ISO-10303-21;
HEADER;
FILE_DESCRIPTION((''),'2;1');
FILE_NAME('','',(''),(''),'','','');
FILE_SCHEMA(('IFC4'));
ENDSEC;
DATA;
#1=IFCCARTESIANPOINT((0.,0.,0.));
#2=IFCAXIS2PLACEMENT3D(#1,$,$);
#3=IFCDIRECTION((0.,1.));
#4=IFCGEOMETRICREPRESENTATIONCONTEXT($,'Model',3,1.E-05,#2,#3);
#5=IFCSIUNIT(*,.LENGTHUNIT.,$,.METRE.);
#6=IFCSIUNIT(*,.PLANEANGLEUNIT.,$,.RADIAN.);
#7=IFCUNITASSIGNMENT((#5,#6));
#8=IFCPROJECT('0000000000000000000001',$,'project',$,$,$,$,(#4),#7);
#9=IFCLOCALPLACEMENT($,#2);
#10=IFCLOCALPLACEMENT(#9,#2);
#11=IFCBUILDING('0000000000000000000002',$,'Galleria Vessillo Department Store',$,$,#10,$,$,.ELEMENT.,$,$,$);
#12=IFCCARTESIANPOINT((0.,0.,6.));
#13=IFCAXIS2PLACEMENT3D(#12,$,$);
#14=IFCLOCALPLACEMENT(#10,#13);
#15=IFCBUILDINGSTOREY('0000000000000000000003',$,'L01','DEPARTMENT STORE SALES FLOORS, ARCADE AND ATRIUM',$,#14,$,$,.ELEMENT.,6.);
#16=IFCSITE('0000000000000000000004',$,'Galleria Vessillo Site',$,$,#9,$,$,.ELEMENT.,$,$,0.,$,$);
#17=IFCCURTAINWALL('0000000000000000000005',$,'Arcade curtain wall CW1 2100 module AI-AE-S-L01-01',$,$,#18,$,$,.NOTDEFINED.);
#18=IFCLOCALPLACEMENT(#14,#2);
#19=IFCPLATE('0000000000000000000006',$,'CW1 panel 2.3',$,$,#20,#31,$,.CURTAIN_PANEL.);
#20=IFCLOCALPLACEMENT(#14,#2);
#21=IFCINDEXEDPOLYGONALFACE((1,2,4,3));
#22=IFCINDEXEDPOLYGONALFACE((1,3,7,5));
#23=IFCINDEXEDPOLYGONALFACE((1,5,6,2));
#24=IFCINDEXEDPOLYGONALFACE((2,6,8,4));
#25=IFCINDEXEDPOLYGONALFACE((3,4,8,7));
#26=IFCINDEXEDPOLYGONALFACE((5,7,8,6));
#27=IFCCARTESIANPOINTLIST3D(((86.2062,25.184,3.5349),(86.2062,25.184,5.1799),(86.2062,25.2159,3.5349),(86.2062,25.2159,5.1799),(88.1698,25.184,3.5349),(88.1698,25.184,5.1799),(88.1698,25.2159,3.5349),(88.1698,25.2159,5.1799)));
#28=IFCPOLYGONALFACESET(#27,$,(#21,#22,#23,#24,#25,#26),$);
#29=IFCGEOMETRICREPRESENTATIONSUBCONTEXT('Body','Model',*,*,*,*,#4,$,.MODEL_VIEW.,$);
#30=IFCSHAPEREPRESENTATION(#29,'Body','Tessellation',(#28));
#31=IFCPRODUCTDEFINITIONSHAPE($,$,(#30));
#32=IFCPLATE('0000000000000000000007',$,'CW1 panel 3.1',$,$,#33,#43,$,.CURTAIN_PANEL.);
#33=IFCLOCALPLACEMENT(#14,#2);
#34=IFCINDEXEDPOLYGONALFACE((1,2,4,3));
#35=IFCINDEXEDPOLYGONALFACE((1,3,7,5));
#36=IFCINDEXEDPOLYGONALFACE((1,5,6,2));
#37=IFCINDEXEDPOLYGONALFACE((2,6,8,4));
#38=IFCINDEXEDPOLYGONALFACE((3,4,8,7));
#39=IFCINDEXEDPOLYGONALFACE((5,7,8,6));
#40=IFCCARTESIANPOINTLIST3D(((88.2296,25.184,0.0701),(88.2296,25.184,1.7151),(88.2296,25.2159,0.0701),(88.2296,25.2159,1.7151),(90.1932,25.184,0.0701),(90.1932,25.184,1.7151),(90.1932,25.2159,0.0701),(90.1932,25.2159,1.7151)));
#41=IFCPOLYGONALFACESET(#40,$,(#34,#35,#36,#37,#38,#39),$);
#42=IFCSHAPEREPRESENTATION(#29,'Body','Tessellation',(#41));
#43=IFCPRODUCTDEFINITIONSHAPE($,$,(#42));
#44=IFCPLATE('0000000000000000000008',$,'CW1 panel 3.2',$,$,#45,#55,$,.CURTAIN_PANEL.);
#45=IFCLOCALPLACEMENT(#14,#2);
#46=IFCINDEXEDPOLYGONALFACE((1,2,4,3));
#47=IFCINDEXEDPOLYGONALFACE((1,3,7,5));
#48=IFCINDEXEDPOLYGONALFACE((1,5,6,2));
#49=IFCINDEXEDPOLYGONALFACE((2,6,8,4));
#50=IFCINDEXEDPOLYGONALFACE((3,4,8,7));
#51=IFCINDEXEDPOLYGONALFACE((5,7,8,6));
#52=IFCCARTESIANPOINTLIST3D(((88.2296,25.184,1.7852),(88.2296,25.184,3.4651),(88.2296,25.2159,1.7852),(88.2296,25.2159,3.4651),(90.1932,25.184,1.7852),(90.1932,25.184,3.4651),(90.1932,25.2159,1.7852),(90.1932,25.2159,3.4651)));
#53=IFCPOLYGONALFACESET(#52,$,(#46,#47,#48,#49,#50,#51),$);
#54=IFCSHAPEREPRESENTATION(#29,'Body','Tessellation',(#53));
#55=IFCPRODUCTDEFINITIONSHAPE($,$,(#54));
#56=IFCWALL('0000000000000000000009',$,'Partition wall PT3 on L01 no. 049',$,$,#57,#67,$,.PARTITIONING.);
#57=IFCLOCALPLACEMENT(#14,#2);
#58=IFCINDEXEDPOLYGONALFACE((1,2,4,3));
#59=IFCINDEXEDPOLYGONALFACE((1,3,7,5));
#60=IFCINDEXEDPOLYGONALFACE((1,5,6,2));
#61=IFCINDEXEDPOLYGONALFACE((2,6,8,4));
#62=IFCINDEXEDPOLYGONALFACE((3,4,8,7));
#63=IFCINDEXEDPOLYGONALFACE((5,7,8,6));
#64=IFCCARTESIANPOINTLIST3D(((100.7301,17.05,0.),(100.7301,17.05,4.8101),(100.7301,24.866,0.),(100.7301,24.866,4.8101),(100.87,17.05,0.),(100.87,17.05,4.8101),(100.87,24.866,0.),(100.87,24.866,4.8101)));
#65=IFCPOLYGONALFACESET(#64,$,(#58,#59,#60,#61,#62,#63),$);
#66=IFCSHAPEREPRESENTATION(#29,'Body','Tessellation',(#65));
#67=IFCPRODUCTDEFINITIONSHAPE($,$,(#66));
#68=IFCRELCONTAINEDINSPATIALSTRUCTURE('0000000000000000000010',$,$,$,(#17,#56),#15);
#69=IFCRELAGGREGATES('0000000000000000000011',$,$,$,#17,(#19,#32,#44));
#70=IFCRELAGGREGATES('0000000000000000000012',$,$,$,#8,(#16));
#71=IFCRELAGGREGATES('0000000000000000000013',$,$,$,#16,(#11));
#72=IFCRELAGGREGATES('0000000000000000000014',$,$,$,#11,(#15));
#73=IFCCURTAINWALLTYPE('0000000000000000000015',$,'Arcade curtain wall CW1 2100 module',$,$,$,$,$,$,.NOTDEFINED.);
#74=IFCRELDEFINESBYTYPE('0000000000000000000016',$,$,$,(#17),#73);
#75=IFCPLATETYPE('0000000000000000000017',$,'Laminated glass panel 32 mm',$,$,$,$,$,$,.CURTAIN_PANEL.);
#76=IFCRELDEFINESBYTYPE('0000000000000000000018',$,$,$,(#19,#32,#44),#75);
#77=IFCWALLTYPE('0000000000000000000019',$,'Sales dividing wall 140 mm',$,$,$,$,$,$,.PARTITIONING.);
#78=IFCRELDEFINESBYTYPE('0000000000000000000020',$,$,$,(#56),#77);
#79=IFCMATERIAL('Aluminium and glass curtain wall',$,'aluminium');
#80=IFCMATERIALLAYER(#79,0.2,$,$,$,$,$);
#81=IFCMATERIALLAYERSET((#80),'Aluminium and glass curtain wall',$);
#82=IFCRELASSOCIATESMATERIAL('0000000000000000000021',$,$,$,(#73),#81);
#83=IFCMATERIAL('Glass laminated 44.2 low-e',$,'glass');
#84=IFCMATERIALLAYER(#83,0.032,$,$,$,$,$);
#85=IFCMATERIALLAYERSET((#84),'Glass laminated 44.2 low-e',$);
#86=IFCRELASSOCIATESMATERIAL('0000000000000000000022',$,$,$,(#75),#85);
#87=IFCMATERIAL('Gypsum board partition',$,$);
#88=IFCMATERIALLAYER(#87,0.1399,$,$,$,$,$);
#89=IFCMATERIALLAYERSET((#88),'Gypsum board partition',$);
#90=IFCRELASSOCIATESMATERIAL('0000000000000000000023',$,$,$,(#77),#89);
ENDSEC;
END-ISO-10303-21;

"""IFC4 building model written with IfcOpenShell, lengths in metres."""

from ifc_helpers import new_model, si_unit, direction, frame, frame_2d, origin, origin_2d, place, context, subcontext, project, spatial, rectangle, extrude, material, layer, layer_set, type_object, element, aggregate, save


model = new_model("IFC4")

# Units and contexts
model_context = context("Model", 3, precision=1e-05, world=origin(), true_north=direction((0.0, 1.0)))
body_context = subcontext(model_context, "Body", "Model", "MODEL_VIEW")
ifc_project = project(units=[si_unit("LENGTHUNIT", "METRE"), si_unit("PLANEANGLEUNIT", "RADIAN")], contexts=[model_context])

# Site, building, storey
site_placement = place(None, origin())
site = spatial("IfcSite", under=ifc_project, at=site_placement, Name="Galleria Vessillo Site", CompositionType="ELEMENT", RefElevation=0.0)
building_placement = place(site_placement, origin())
building = spatial("IfcBuilding", under=site, at=building_placement, Name="Galleria Vessillo Department Store", CompositionType="ELEMENT")
storey_placement = place(building_placement, frame((0.0, 0.0, 6.0)))
storey = spatial("IfcBuildingStorey", under=building, at=storey_placement, Name="L01", Description="DEPARTMENT STORE SALES FLOORS, ARCADE AND ATRIUM", CompositionType="ELEMENT", Elevation=6.0)

# Curtain wall
ifc_material_1 = material(Name="Aluminium and glass curtain wall", Category="aluminium")
ifc_layer_1 = layer(ifc_material_1, 0.2)
ifc_layer_set_1 = layer_set([ifc_layer_1], Name="Aluminium and glass curtain wall")
curtain_wall_type = type_object("IfcCurtainWallType", Name="Arcade curtain wall CW1 2100 module", PredefinedType="NOTDEFINED", material=ifc_layer_set_1)
curtain_wall_placement = place(storey_placement, origin())
curtain_wall = element("IfcCurtainWall", 1, at=curtain_wall_placement, inside=storey, type_object=curtain_wall_type, Name="Arcade curtain wall CW1 2100 module AI-AE-S-L01-01", PredefinedType="NOTDEFINED")

# Plates
ifc_material_2 = material(Name="Glass laminated 44.2 low-e", Category="glass")
ifc_layer_2 = layer(ifc_material_2, 0.032)
ifc_layer_set_2 = layer_set([ifc_layer_2], Name="Glass laminated 44.2 low-e")
plate_type = type_object("IfcPlateType", Name="Laminated glass panel 32 mm", PredefinedType="CURTAIN_PANEL", material=ifc_layer_set_2)
plate_1_placement = place(storey_placement, frame((87.188, 25.2, 3.5349), z_axis=(0.0, 0.0, 1.0), x_axis=(1.0, 0.0, 0.0)))
plate_1 = element("IfcPlate", 2, at=plate_1_placement, type_object=plate_type, Name="CW1 panel 2.3", PredefinedType="CURTAIN_PANEL", context=body_context, shape_type="SweptSolid", body=[
    extrude(rectangle(XDim=1.9636, YDim=0.032, at=origin_2d()), origin(), (0.0, 0.0, 1.0), 1.645),
])
plate_2_placement = place(storey_placement, frame((89.2114, 25.2, 0.0701), z_axis=(0.0, 0.0, 1.0), x_axis=(1.0, 0.0, 0.0)))
plate_2 = element("IfcPlate", 3, at=plate_2_placement, type_object=plate_type, Name="CW1 panel 3.1", PredefinedType="CURTAIN_PANEL", context=body_context, shape_type="SweptSolid", body=[
    extrude(rectangle(XDim=1.9636, YDim=0.032, at=origin_2d()), origin(), (0.0, 0.0, 1.0), 1.645),
])
plate_3_placement = place(storey_placement, frame((89.2114, 25.2, 1.7852), z_axis=(0.0, 0.0, 1.0), x_axis=(1.0, 0.0, 0.0)))
plate_3 = element("IfcPlate", 4, at=plate_3_placement, type_object=plate_type, Name="CW1 panel 3.2", PredefinedType="CURTAIN_PANEL", context=body_context, shape_type="SweptSolid", body=[
    extrude(rectangle(XDim=1.9636, YDim=0.032, at=origin_2d()), origin(), (0.0, 0.0, 1.0), 1.6799),
])
aggregate(curtain_wall, [plate_1, plate_2, plate_3])

# Wall
ifc_material_3 = material(Name="Gypsum board partition")
ifc_layer_3 = layer(ifc_material_3, 0.1399)
ifc_layer_set_3 = layer_set([ifc_layer_3], Name="Gypsum board partition")
wall_type = type_object("IfcWallType", Name="Sales dividing wall 140 mm", PredefinedType="PARTITIONING", material=ifc_layer_set_3)
wall_placement = place(storey_placement, frame((100.8, 17.05, 0.0), z_axis=(0.0, 0.0, 1.0), x_axis=(0.0, 1.0, 0.0)))
element("IfcWall", 5, at=wall_placement, inside=storey, type_object=wall_type, Name="Partition wall PT3 on L01 no. 049", PredefinedType="PARTITIONING", context=body_context, shape_type="SweptSolid", body=[
    extrude(rectangle(XDim=7.8159, YDim=0.1399, at=frame_2d((3.908, 0.0))), origin(), (0.0, 0.0, 1.0), 4.8101),
])

save(model, "model.ifc")
